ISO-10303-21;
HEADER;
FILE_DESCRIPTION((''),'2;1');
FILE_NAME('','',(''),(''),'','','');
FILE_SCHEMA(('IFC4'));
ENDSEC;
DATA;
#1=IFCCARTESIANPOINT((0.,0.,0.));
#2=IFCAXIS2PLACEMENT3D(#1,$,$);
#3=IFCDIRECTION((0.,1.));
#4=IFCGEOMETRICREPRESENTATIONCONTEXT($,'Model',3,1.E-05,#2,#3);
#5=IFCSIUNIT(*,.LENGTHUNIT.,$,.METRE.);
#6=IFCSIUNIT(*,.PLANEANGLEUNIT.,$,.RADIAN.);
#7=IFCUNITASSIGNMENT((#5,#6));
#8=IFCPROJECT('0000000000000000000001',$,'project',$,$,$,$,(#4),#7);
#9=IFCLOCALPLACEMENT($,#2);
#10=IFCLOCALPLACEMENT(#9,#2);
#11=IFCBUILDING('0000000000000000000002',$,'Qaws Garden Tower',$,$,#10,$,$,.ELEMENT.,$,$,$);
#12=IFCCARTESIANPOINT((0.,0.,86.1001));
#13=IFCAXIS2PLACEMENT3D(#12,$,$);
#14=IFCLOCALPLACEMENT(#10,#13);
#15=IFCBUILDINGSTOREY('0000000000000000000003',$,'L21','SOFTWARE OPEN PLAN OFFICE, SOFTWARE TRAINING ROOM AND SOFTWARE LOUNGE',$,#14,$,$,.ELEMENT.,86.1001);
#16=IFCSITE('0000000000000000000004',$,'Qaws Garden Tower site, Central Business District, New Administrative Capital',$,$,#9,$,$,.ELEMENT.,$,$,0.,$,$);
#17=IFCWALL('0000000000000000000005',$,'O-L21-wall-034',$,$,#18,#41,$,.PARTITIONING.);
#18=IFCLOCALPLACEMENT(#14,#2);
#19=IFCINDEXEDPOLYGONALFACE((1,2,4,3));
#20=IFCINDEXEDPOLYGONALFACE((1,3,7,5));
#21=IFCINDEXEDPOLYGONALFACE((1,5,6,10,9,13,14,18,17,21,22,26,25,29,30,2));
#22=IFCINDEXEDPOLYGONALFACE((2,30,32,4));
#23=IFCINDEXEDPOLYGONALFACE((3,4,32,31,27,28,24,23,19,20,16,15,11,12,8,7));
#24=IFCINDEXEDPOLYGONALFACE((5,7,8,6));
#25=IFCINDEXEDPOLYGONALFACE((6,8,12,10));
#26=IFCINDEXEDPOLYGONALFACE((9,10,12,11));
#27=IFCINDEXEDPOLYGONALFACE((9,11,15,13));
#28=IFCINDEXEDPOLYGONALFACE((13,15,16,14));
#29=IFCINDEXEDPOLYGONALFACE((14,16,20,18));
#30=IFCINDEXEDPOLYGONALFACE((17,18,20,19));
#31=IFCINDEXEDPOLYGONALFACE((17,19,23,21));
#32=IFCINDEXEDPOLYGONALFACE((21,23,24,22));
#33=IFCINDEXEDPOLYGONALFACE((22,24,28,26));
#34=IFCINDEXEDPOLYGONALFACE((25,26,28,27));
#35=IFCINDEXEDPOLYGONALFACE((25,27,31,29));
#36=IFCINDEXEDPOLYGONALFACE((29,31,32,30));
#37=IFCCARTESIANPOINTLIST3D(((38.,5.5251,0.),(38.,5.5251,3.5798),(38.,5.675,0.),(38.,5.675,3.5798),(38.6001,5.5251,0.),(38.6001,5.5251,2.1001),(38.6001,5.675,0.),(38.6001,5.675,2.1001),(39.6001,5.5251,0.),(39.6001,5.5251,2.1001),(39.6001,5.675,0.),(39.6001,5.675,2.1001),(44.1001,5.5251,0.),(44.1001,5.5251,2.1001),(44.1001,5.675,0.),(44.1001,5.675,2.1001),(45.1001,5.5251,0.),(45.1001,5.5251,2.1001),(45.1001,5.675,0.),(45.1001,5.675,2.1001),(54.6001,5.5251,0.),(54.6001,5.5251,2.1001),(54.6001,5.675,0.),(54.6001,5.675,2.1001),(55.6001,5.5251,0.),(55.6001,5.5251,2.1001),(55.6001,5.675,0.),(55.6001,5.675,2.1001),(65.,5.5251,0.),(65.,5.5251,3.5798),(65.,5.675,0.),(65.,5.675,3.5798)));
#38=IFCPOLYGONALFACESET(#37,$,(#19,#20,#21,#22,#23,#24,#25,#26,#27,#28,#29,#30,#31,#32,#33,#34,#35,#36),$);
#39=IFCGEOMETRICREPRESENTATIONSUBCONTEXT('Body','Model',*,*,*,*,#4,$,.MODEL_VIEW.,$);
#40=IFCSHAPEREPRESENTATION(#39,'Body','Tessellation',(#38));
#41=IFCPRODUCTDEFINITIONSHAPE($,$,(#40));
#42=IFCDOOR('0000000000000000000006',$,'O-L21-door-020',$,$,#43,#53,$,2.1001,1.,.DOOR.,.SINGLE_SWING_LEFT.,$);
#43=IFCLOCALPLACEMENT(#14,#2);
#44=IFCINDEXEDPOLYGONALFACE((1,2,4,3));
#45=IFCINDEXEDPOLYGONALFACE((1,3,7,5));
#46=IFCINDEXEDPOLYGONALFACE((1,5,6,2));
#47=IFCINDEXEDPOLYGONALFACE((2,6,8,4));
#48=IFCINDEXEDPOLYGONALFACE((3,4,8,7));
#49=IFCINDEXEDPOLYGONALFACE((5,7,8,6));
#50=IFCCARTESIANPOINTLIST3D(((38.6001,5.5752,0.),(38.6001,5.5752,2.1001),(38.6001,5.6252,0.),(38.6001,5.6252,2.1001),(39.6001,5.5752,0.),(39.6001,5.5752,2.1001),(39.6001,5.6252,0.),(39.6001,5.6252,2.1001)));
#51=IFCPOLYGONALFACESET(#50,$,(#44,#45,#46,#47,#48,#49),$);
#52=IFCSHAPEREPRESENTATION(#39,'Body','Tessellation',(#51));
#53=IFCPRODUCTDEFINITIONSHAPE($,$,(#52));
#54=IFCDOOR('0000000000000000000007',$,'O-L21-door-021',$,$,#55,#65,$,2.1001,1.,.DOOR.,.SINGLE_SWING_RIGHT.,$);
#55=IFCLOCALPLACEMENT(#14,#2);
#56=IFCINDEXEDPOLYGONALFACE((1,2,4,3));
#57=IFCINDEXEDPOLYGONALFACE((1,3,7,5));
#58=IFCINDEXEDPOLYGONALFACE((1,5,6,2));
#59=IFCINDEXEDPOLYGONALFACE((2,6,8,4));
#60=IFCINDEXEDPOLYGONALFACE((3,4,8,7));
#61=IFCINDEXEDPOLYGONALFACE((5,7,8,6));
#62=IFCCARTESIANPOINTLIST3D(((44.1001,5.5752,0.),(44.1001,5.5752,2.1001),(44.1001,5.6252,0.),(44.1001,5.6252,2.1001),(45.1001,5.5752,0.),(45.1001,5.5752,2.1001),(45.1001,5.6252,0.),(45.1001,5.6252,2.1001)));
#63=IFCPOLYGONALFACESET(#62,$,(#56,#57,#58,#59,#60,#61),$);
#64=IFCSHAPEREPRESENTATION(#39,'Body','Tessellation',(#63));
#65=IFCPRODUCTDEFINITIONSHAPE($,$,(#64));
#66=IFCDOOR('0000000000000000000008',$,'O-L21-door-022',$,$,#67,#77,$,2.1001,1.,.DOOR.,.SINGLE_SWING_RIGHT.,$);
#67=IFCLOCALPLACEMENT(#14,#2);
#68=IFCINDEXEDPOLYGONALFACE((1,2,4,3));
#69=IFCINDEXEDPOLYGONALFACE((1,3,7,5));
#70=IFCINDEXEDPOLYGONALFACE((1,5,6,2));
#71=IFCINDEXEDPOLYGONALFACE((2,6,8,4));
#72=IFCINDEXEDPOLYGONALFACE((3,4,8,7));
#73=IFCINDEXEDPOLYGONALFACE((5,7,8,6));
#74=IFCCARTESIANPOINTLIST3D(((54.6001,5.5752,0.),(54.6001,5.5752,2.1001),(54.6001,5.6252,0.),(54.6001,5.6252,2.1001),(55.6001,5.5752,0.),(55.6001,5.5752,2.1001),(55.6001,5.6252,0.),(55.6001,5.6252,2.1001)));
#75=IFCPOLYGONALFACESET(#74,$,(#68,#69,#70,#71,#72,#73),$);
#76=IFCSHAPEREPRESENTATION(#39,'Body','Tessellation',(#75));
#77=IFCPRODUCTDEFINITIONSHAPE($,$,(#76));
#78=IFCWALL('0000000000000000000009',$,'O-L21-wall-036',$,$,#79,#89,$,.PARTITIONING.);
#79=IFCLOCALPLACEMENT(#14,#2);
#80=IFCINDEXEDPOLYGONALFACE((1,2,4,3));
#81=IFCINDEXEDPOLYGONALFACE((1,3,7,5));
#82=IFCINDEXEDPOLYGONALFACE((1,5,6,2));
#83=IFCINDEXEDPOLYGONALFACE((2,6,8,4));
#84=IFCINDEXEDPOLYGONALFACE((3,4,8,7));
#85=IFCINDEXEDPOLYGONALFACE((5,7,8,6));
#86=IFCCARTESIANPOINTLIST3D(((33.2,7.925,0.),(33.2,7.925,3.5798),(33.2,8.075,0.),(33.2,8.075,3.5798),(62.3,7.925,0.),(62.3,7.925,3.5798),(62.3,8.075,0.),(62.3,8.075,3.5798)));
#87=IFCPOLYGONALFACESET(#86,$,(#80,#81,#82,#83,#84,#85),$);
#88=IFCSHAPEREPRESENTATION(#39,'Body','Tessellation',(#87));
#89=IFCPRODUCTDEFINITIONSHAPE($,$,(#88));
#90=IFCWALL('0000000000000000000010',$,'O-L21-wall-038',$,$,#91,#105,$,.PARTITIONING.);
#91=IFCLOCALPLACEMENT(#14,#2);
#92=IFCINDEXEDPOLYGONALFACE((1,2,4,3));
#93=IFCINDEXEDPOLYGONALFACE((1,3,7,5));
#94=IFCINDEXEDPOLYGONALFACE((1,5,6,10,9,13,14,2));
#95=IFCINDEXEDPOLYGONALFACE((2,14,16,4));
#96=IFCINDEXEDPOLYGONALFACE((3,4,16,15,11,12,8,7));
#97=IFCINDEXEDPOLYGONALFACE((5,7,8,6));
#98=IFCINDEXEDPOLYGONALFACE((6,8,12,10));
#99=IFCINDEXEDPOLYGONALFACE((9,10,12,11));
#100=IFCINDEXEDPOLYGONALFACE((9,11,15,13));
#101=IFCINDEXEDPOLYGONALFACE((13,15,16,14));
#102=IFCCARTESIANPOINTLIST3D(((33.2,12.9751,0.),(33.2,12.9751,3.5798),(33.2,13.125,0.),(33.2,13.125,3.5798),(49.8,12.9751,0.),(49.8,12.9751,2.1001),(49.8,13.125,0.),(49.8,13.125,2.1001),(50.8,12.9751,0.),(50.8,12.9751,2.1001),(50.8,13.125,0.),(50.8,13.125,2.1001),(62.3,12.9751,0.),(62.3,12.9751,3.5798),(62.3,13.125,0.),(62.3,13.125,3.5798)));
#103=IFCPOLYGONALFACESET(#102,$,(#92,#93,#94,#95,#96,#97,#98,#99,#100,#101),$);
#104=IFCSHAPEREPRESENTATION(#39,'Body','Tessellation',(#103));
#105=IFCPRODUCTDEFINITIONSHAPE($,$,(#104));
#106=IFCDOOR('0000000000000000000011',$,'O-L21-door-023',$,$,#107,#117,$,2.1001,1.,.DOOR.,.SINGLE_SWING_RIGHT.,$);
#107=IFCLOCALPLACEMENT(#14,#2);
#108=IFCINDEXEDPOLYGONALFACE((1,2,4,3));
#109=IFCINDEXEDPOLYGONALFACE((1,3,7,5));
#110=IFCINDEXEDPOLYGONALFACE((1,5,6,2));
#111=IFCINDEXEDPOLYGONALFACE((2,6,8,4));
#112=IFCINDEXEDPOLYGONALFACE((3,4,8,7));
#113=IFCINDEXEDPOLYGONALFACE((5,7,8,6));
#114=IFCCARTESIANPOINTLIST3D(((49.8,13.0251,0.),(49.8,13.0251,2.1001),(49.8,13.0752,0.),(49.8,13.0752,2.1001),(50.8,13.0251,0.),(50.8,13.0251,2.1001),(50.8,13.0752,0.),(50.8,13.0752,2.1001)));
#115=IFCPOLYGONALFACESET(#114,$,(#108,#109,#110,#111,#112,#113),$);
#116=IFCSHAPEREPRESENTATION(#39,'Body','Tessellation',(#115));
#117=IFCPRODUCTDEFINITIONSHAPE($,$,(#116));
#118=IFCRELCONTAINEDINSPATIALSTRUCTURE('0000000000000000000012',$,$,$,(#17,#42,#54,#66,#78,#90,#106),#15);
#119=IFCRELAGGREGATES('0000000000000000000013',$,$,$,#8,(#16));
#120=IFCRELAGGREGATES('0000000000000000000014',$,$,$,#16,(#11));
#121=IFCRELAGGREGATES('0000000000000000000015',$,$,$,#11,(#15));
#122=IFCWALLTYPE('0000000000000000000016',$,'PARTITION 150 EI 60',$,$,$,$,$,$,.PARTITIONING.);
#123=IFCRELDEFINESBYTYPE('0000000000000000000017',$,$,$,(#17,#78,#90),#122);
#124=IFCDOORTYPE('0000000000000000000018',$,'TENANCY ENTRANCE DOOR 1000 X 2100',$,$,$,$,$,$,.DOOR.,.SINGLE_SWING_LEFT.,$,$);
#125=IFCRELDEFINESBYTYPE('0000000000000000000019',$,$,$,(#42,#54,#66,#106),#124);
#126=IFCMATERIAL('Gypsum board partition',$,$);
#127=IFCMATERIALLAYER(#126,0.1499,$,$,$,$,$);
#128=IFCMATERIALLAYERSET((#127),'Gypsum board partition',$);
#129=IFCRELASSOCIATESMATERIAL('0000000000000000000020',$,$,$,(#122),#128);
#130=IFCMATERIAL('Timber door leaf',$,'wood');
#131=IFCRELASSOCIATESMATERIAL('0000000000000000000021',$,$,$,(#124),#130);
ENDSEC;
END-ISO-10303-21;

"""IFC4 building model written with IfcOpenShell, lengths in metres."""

from ifc_helpers import new_model, si_unit, direction, frame, frame_2d, origin, place, context, subcontext, project, spatial, rectangle, extrude, material, layer, layer_set, type_object, element, fill, save


model = new_model("IFC4")

# Units and contexts
model_context = context("Model", 3, precision=1e-05, world=origin(), true_north=direction((0.0, 1.0)))
body_context = subcontext(model_context, "Body", "Model", "MODEL_VIEW")
ifc_project = project(units=[si_unit("LENGTHUNIT", "METRE"), si_unit("PLANEANGLEUNIT", "RADIAN")], contexts=[model_context])

# Site, building, storey
site_placement = place(None, origin())
site = spatial("IfcSite", under=ifc_project, at=site_placement, Name="Qaws Garden Tower site, Central Business District, New Administrative Capital", CompositionType="ELEMENT", RefElevation=0.0)
building_placement = place(site_placement, origin())
building = spatial("IfcBuilding", under=site, at=building_placement, Name="Qaws Garden Tower", CompositionType="ELEMENT")
storey_placement = place(building_placement, frame((0.0, 0.0, 86.1001)))
storey = spatial("IfcBuildingStorey", under=building, at=storey_placement, Name="L21", Description="SOFTWARE OPEN PLAN OFFICE, SOFTWARE TRAINING ROOM AND SOFTWARE LOUNGE", CompositionType="ELEMENT", Elevation=86.1001)

# Shared definitions
ifc_material_1 = material(Name="Gypsum board partition")
ifc_layer_1 = layer(ifc_material_1, 0.1499)
ifc_layer_set_1 = layer_set([ifc_layer_1], Name="Gypsum board partition")
wall_type_1 = type_object("IfcWallType", Name="PARTITION 150 EI 60", PredefinedType="PARTITIONING", material=ifc_layer_set_1)

# Shared definitions
ifc_material_2 = material(Name="Timber door leaf", Category="wood")
door_type_1 = type_object("IfcDoorType", Name="TENANCY ENTRANCE DOOR 1000 X 2100", OperationType="SINGLE_SWING_LEFT", PredefinedType="DOOR", material=ifc_material_2)

# Wall, openings, doors
wall_1_placement = place(storey_placement, frame((38.0, 5.6001, 0.0), z_axis=(0.0, 0.0, 1.0), x_axis=(1.0, 0.0, 0.0)))
wall_1 = element("IfcWall", 1, at=wall_1_placement, inside=storey, type_object=wall_type_1, Name="O-L21-wall-034", PredefinedType="PARTITIONING", context=body_context, shape_type="SweptSolid", body=[
    extrude(rectangle(XDim=27.0, YDim=0.1499, at=frame_2d((13.5, 0.0))), origin(), (0.0, 0.0, 1.0), 3.5798),
])
opening_1_placement = place(wall_1_placement, frame((0.6001, 0.0, 0.0)))
opening_1 = element("IfcOpeningElement", 2, at=opening_1_placement, cuts=wall_1, PredefinedType="OPENING", context=body_context, shape_type="SweptSolid", body=[
    extrude(rectangle(XDim=1.0, YDim=2.1001, at=frame_2d((0.5, 1.05))), frame((0.0, 0.085, 0.0), z_axis=(0.0, -1.0, 0.0), x_axis=(1.0, 0.0, 0.0)), (0.0, 0.0, 1.0), 0.1699),
])
opening_2_placement = place(wall_1_placement, frame((6.1001, 0.0, 0.0)))
opening_2 = element("IfcOpeningElement", 3, at=opening_2_placement, cuts=wall_1, PredefinedType="OPENING", context=body_context, shape_type="SweptSolid", body=[
    extrude(rectangle(XDim=1.0, YDim=2.1001, at=frame_2d((0.5, 1.05))), frame((0.0, 0.085, 0.0), z_axis=(0.0, -1.0, 0.0), x_axis=(1.0, 0.0, 0.0)), (0.0, 0.0, 1.0), 0.1699),
])
opening_3_placement = place(wall_1_placement, frame((16.6001, 0.0, 0.0)))
opening_3 = element("IfcOpeningElement", 4, at=opening_3_placement, cuts=wall_1, PredefinedType="OPENING", context=body_context, shape_type="SweptSolid", body=[
    extrude(rectangle(XDim=1.0, YDim=2.1001, at=frame_2d((0.5, 1.05))), frame((0.0, 0.085, 0.0), z_axis=(0.0, -1.0, 0.0), x_axis=(1.0, 0.0, 0.0)), (0.0, 0.0, 1.0), 0.1699),
])
door_1_placement = place(opening_1_placement, frame((1.0, 0.0, 0.0), z_axis=(0.0, 0.0, 1.0), x_axis=(-1.0, 0.0, 0.0)))
door_1 = element("IfcDoor", 5, at=door_1_placement, inside=storey, type_object=door_type_1, Name="O-L21-door-020", OperationType="SINGLE_SWING_LEFT", OverallHeight=2.1001, OverallWidth=1.0, PredefinedType="DOOR", context=body_context, shape_type="SweptSolid", body=[
    extrude(rectangle(XDim=1.0, YDim=2.1001, at=frame_2d((0.5, 1.05))), frame((0.0, 0.0249, 0.0), z_axis=(0.0, -1.0, 0.0), x_axis=(1.0, 0.0, 0.0)), (0.0, 0.0, 1.0), 0.05),
])
fill(opening_1, door_1)
door_2_placement = place(opening_2_placement, frame((1.0, 0.0, 0.0), z_axis=(0.0, 0.0, 1.0), x_axis=(-1.0, 0.0, 0.0)))
door_2 = element("IfcDoor", 6, at=door_2_placement, inside=storey, type_object=door_type_1, Name="O-L21-door-021", OperationType="SINGLE_SWING_RIGHT", OverallHeight=2.1001, OverallWidth=1.0, PredefinedType="DOOR", context=body_context, shape_type="SweptSolid", body=[
    extrude(rectangle(XDim=1.0, YDim=2.1001, at=frame_2d((0.5, 1.05))), frame((0.0, 0.0249, 0.0), z_axis=(0.0, -1.0, 0.0), x_axis=(1.0, 0.0, 0.0)), (0.0, 0.0, 1.0), 0.05),
])
fill(opening_2, door_2)
door_3_placement = place(opening_3_placement, frame((1.0, 0.0, 0.0), z_axis=(0.0, 0.0, 1.0), x_axis=(-1.0, 0.0, 0.0)))
door_3 = element("IfcDoor", 7, at=door_3_placement, inside=storey, type_object=door_type_1, Name="O-L21-door-022", OperationType="SINGLE_SWING_RIGHT", OverallHeight=2.1001, OverallWidth=1.0, PredefinedType="DOOR", context=body_context, shape_type="SweptSolid", body=[
    extrude(rectangle(XDim=1.0, YDim=2.1001, at=frame_2d((0.5, 1.05))), frame((0.0, 0.0249, 0.0), z_axis=(0.0, -1.0, 0.0), x_axis=(1.0, 0.0, 0.0)), (0.0, 0.0, 1.0), 0.05),
])
fill(opening_3, door_3)

# Wall
wall_2_placement = place(storey_placement, frame((33.2, 8.0, 0.0), z_axis=(0.0, 0.0, 1.0), x_axis=(1.0, 0.0, 0.0)))
element("IfcWall", 8, at=wall_2_placement, inside=storey, type_object=wall_type_1, Name="O-L21-wall-036", PredefinedType="PARTITIONING", context=body_context, shape_type="SweptSolid", body=[
    extrude(rectangle(XDim=29.1001, YDim=0.1499, at=frame_2d((14.55, 0.0))), origin(), (0.0, 0.0, 1.0), 3.5798),
])

# Wall, opening, door
wall_3_placement = place(storey_placement, frame((33.2, 13.05, 0.0), z_axis=(0.0, 0.0, 1.0), x_axis=(1.0, 0.0, 0.0)))
wall_3 = element("IfcWall", 9, at=wall_3_placement, inside=storey, type_object=wall_type_1, Name="O-L21-wall-038", PredefinedType="PARTITIONING", context=body_context, shape_type="SweptSolid", body=[
    extrude(rectangle(XDim=29.1001, YDim=0.1499, at=frame_2d((14.55, 0.0))), origin(), (0.0, 0.0, 1.0), 3.5798),
])
opening_4_placement = place(wall_3_placement, frame((16.6001, 0.0, 0.0)))
opening_4 = element("IfcOpeningElement", 10, at=opening_4_placement, cuts=wall_3, PredefinedType="OPENING", context=body_context, shape_type="SweptSolid", body=[
    extrude(rectangle(XDim=1.0, YDim=2.1001, at=frame_2d((0.5, 1.05))), frame((0.0, 0.085, 0.0), z_axis=(0.0, -1.0, 0.0), x_axis=(1.0, 0.0, 0.0)), (0.0, 0.0, 1.0), 0.1699),
])
door_4_placement = place(opening_4_placement, frame((1.0, 0.0, 0.0), z_axis=(0.0, 0.0, 1.0), x_axis=(-1.0, 0.0, 0.0)))
door_4 = element("IfcDoor", 11, at=door_4_placement, inside=storey, type_object=door_type_1, Name="O-L21-door-023", OperationType="SINGLE_SWING_RIGHT", OverallHeight=2.1001, OverallWidth=1.0, PredefinedType="DOOR", context=body_context, shape_type="SweptSolid", body=[
    extrude(rectangle(XDim=1.0, YDim=2.1001, at=frame_2d((0.5, 1.05))), frame((0.0, 0.0249, 0.0), z_axis=(0.0, -1.0, 0.0), x_axis=(1.0, 0.0, 0.0)), (0.0, 0.0, 1.0), 0.05),
])
fill(opening_4, door_4)

save(model, "model.ifc")
